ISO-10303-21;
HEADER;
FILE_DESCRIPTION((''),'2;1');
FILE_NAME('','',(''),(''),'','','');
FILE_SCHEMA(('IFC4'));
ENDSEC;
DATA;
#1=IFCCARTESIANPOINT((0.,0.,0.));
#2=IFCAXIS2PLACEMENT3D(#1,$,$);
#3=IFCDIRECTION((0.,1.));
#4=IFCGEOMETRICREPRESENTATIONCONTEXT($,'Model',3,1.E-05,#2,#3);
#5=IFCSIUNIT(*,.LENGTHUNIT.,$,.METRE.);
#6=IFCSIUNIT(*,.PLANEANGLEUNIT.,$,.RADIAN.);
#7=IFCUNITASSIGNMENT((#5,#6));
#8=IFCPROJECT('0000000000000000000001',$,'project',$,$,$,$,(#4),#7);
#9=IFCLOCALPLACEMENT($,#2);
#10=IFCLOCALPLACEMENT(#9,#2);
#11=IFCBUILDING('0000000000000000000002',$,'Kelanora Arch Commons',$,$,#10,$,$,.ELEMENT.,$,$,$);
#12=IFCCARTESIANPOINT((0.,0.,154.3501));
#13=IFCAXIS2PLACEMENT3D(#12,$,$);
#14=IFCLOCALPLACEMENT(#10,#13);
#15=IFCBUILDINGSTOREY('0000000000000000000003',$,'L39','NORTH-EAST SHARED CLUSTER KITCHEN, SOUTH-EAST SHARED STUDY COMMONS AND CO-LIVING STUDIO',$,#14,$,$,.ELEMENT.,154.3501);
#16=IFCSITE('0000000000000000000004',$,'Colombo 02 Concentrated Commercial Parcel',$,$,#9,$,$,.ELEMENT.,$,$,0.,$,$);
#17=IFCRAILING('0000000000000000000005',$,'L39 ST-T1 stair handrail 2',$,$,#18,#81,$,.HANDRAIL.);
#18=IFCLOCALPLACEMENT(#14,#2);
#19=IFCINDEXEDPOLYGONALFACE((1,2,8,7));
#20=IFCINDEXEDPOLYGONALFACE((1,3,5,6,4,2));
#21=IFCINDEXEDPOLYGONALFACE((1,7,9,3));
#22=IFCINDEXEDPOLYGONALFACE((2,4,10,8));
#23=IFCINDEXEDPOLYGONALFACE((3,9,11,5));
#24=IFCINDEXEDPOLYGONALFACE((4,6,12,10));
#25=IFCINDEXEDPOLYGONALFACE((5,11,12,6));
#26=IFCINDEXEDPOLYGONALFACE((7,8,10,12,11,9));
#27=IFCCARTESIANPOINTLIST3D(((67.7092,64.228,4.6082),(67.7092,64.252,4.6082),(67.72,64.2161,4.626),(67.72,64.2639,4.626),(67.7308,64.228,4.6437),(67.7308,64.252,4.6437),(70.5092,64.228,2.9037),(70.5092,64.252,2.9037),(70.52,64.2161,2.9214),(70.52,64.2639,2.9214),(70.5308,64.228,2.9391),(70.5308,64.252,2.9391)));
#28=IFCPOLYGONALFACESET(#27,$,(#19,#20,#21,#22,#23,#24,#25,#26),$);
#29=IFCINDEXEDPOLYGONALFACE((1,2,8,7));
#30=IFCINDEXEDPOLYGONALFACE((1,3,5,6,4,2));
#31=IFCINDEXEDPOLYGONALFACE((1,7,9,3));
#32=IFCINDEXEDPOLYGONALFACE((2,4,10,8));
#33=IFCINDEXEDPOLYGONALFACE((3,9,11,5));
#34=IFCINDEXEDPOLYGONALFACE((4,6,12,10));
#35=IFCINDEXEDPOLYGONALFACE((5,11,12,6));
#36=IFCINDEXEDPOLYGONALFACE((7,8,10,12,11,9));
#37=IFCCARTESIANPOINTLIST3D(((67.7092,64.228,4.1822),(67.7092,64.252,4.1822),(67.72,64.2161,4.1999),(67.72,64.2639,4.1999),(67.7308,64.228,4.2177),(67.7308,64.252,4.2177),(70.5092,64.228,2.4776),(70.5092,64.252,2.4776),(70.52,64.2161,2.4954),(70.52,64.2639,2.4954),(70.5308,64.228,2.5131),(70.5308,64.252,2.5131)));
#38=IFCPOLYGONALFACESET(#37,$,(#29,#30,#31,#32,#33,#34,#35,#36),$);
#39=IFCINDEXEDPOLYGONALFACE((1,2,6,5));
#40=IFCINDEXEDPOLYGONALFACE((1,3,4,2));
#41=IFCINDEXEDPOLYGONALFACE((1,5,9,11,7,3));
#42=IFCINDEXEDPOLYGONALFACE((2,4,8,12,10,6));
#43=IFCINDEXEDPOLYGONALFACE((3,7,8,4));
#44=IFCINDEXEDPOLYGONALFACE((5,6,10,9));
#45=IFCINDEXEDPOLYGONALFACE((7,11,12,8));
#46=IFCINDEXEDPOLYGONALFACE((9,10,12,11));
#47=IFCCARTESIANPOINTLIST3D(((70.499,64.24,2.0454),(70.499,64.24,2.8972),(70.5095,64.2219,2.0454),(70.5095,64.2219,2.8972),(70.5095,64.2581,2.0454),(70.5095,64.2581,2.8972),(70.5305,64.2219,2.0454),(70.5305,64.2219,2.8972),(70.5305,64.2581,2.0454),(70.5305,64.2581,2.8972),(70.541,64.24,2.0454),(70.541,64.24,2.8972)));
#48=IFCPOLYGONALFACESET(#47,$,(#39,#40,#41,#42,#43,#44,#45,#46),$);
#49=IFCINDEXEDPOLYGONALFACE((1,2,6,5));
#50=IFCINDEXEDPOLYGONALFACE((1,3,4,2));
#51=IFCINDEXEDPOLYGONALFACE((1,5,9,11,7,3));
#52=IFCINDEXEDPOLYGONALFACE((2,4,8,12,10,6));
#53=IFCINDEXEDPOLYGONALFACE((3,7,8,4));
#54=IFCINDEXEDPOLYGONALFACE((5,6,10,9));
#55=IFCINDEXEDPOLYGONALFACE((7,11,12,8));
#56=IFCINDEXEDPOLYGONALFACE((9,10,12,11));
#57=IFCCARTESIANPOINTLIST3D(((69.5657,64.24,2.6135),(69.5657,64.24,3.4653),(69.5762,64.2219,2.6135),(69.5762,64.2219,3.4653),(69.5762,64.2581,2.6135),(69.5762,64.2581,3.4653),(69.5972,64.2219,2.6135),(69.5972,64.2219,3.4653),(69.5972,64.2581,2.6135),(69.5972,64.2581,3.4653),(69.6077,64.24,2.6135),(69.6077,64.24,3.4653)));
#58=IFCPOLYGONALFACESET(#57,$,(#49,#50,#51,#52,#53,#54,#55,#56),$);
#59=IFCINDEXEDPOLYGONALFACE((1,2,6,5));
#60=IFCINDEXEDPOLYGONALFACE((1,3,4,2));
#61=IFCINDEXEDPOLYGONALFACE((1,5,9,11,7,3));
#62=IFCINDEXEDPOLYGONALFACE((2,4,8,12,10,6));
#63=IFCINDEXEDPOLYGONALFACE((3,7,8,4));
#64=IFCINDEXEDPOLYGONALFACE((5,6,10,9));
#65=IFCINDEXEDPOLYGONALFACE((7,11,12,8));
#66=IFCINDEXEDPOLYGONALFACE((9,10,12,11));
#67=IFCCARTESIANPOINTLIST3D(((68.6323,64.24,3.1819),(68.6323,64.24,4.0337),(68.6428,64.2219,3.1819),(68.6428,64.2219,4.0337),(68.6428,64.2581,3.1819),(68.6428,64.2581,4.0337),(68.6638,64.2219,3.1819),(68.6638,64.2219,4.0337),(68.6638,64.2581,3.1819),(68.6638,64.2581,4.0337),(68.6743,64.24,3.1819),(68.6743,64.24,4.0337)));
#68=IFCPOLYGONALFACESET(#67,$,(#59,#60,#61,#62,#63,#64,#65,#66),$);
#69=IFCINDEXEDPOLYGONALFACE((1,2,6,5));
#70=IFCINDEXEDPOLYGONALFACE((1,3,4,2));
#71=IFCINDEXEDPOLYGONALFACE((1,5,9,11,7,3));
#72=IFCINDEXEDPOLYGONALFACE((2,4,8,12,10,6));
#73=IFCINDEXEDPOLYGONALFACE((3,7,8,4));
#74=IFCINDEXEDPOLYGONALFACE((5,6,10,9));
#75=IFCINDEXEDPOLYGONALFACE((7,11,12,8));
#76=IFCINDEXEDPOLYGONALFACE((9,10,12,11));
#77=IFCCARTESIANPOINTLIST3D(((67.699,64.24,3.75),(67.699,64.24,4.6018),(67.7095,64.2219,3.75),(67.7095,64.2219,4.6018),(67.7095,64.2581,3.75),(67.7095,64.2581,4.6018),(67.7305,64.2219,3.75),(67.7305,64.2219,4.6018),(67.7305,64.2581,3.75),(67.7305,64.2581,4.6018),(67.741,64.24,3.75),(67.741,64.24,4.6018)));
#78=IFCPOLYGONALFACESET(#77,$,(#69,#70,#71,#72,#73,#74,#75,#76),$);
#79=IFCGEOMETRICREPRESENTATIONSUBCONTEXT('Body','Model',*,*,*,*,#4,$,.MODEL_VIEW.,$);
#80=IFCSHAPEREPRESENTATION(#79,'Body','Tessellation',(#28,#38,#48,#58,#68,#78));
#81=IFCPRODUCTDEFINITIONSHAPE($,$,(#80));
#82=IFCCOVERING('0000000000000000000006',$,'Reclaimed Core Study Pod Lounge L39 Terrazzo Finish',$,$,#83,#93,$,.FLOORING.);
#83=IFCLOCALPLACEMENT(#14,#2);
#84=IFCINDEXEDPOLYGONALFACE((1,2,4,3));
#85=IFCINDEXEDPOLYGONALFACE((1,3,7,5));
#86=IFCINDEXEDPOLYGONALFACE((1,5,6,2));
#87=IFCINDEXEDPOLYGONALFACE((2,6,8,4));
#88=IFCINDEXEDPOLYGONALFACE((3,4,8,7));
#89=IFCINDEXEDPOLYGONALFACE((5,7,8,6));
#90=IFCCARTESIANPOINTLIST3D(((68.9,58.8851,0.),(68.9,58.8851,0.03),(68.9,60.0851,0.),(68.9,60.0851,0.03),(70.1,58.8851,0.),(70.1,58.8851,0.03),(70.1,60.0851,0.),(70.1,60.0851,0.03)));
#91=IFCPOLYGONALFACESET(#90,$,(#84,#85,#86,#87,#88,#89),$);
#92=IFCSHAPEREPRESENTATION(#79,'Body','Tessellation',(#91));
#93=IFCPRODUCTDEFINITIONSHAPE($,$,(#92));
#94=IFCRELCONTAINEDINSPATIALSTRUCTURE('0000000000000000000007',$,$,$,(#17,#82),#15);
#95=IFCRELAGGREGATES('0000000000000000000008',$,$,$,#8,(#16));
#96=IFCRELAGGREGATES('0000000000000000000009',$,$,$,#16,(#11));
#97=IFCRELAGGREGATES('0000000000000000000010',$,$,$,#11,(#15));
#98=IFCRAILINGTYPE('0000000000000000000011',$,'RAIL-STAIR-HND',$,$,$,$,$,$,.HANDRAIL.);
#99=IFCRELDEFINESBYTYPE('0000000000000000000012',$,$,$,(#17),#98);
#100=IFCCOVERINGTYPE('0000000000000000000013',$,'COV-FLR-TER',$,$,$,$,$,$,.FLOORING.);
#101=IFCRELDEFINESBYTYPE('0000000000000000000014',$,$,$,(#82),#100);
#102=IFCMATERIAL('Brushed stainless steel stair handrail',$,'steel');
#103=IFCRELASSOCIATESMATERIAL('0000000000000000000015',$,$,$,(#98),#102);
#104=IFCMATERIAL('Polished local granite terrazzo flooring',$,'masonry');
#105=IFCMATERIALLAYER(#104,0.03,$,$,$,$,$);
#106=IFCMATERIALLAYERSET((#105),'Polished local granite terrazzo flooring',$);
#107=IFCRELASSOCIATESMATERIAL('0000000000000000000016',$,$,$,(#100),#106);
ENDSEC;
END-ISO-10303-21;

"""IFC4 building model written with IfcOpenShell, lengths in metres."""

from ifc_helpers import new_model, si_unit, direction, frame, origin, origin_2d, place, context, subcontext, project, spatial, polyline, rectangle, outline, extrude, source, transform, mapped, material, layer, layer_set, type_object, element, save


model = new_model("IFC4")

# Units and contexts
model_context = context("Model", 3, precision=1e-05, world=origin(), true_north=direction((0.0, 1.0)))
body_context = subcontext(model_context, "Body", "Model", "MODEL_VIEW")
ifc_project = project(units=[si_unit("LENGTHUNIT", "METRE"), si_unit("PLANEANGLEUNIT", "RADIAN")], contexts=[model_context])

# Site, building, storey
site_placement = place(None, origin())
site = spatial("IfcSite", under=ifc_project, at=site_placement, Name="Colombo 02 Concentrated Commercial Parcel", CompositionType="ELEMENT", RefElevation=0.0)
building_placement = place(site_placement, origin())
building = spatial("IfcBuilding", under=site, at=building_placement, Name="Kelanora Arch Commons", CompositionType="ELEMENT")
storey_placement = place(building_placement, frame((0.0, 0.0, 154.3501)))
storey = spatial("IfcBuildingStorey", under=building, at=storey_placement, Name="L39", Description="NORTH-EAST SHARED CLUSTER KITCHEN, SOUTH-EAST SHARED STUDY COMMONS AND CO-LIVING STUDIO", CompositionType="ELEMENT", Elevation=154.3501)

# Railing
ifc_material_1 = material(Name="Brushed stainless steel stair handrail", Category="steel")
railing_type_1 = type_object("IfcRailingType", Name="RAIL-STAIR-HND", PredefinedType="HANDRAIL", material=ifc_material_1)
railing_1_placement = place(storey_placement, frame((70.52, 64.24, 2.0454)))
element("IfcRailing", 1, at=railing_1_placement, inside=storey, type_object=railing_type_1, Name="L39 ST-T1 stair handrail 2", PredefinedType="HANDRAIL", context=body_context, shape_type="SweptSolid", body=[
    extrude(outline(polyline([(0.0239, 0.0), (0.012, 0.0208), (-0.012, 0.0208), (-0.0239, 0.0), (-0.012, -0.0208), (0.012, -0.0208), (0.0239, 0.0)])), frame((0.0, 0.0, 0.876), z_axis=(-0.85417, 0.0, 0.519994), x_axis=(0.0, -1.0, 0.0)), (0.0, 0.0, 1.0), 3.2781),
    extrude(outline(polyline([(0.0239, 0.0), (0.012, 0.0208), (-0.012, 0.0208), (-0.0239, 0.0), (-0.012, -0.0208), (0.012, -0.0208), (0.0239, 0.0)])), frame((0.0, 0.0, 0.45), z_axis=(-0.85417, 0.0, 0.519994), x_axis=(0.0, -1.0, 0.0)), (0.0, 0.0, 1.0), 3.2781),
    extrude(outline(polyline([(0.021, 0.0), (0.0105, 0.0181), (-0.0105, 0.0181), (-0.021, 0.0), (-0.0105, -0.0181), (0.0105, -0.0181), (0.021, 0.0)])), origin(), (0.0, 0.0, 1.0), 0.8518),
    extrude(outline(polyline([(0.021, 0.0), (0.0105, 0.0181), (-0.0105, 0.0181), (-0.021, 0.0), (-0.0105, -0.0181), (0.0105, -0.0181), (0.021, 0.0)])), frame((-0.9333, 0.0, 0.5681)), (0.0, 0.0, 1.0), 0.8518),
    extrude(outline(polyline([(0.021, 0.0), (0.0105, 0.0181), (-0.0105, 0.0181), (-0.021, 0.0), (-0.0105, -0.0181), (0.0105, -0.0181), (0.021, 0.0)])), frame((-1.8667, 0.0, 1.1365)), (0.0, 0.0, 1.0), 0.8518),
    extrude(outline(polyline([(0.021, 0.0), (0.0105, 0.0181), (-0.0105, 0.0181), (-0.021, 0.0), (-0.0105, -0.0181), (0.0105, -0.0181), (0.021, 0.0)])), frame((-2.8, 0.0, 1.7046)), (0.0, 0.0, 1.0), 0.8518),
])

# Covering
ifc_material_2 = material(Name="Polished local granite terrazzo flooring", Category="masonry")
ifc_layer_1 = layer(ifc_material_2, 0.03)
ifc_layer_set_1 = layer_set([ifc_layer_1], Name="Polished local granite terrazzo flooring")
covering_type = type_object("IfcCoveringType", Name="COV-FLR-TER", PredefinedType="FLOORING", material=ifc_layer_set_1)
shared_shape = source(origin(), body_context, "Body", "SweptSolid", [
    extrude(rectangle(XDim=1.2, YDim=1.2, at=origin_2d()), origin(), (0.0, 0.0, 1.0), 0.03),
])
covering_placement = place(storey_placement, frame((69.5, 59.4851, 0.0), z_axis=(0.0, 0.0, 1.0), x_axis=(1.0, 0.0, 0.0)))
element("IfcCovering", 2, at=covering_placement, inside=storey, type_object=covering_type, Name="Reclaimed Core Study Pod Lounge L39 Terrazzo Finish", PredefinedType="FLOORING", context=body_context, shape_type="MappedRepresentation", body=[
    mapped(shared_shape, transform((0.0, 0.0, 0.0), scale=1.0)),
])

save(model, "model.ifc")
